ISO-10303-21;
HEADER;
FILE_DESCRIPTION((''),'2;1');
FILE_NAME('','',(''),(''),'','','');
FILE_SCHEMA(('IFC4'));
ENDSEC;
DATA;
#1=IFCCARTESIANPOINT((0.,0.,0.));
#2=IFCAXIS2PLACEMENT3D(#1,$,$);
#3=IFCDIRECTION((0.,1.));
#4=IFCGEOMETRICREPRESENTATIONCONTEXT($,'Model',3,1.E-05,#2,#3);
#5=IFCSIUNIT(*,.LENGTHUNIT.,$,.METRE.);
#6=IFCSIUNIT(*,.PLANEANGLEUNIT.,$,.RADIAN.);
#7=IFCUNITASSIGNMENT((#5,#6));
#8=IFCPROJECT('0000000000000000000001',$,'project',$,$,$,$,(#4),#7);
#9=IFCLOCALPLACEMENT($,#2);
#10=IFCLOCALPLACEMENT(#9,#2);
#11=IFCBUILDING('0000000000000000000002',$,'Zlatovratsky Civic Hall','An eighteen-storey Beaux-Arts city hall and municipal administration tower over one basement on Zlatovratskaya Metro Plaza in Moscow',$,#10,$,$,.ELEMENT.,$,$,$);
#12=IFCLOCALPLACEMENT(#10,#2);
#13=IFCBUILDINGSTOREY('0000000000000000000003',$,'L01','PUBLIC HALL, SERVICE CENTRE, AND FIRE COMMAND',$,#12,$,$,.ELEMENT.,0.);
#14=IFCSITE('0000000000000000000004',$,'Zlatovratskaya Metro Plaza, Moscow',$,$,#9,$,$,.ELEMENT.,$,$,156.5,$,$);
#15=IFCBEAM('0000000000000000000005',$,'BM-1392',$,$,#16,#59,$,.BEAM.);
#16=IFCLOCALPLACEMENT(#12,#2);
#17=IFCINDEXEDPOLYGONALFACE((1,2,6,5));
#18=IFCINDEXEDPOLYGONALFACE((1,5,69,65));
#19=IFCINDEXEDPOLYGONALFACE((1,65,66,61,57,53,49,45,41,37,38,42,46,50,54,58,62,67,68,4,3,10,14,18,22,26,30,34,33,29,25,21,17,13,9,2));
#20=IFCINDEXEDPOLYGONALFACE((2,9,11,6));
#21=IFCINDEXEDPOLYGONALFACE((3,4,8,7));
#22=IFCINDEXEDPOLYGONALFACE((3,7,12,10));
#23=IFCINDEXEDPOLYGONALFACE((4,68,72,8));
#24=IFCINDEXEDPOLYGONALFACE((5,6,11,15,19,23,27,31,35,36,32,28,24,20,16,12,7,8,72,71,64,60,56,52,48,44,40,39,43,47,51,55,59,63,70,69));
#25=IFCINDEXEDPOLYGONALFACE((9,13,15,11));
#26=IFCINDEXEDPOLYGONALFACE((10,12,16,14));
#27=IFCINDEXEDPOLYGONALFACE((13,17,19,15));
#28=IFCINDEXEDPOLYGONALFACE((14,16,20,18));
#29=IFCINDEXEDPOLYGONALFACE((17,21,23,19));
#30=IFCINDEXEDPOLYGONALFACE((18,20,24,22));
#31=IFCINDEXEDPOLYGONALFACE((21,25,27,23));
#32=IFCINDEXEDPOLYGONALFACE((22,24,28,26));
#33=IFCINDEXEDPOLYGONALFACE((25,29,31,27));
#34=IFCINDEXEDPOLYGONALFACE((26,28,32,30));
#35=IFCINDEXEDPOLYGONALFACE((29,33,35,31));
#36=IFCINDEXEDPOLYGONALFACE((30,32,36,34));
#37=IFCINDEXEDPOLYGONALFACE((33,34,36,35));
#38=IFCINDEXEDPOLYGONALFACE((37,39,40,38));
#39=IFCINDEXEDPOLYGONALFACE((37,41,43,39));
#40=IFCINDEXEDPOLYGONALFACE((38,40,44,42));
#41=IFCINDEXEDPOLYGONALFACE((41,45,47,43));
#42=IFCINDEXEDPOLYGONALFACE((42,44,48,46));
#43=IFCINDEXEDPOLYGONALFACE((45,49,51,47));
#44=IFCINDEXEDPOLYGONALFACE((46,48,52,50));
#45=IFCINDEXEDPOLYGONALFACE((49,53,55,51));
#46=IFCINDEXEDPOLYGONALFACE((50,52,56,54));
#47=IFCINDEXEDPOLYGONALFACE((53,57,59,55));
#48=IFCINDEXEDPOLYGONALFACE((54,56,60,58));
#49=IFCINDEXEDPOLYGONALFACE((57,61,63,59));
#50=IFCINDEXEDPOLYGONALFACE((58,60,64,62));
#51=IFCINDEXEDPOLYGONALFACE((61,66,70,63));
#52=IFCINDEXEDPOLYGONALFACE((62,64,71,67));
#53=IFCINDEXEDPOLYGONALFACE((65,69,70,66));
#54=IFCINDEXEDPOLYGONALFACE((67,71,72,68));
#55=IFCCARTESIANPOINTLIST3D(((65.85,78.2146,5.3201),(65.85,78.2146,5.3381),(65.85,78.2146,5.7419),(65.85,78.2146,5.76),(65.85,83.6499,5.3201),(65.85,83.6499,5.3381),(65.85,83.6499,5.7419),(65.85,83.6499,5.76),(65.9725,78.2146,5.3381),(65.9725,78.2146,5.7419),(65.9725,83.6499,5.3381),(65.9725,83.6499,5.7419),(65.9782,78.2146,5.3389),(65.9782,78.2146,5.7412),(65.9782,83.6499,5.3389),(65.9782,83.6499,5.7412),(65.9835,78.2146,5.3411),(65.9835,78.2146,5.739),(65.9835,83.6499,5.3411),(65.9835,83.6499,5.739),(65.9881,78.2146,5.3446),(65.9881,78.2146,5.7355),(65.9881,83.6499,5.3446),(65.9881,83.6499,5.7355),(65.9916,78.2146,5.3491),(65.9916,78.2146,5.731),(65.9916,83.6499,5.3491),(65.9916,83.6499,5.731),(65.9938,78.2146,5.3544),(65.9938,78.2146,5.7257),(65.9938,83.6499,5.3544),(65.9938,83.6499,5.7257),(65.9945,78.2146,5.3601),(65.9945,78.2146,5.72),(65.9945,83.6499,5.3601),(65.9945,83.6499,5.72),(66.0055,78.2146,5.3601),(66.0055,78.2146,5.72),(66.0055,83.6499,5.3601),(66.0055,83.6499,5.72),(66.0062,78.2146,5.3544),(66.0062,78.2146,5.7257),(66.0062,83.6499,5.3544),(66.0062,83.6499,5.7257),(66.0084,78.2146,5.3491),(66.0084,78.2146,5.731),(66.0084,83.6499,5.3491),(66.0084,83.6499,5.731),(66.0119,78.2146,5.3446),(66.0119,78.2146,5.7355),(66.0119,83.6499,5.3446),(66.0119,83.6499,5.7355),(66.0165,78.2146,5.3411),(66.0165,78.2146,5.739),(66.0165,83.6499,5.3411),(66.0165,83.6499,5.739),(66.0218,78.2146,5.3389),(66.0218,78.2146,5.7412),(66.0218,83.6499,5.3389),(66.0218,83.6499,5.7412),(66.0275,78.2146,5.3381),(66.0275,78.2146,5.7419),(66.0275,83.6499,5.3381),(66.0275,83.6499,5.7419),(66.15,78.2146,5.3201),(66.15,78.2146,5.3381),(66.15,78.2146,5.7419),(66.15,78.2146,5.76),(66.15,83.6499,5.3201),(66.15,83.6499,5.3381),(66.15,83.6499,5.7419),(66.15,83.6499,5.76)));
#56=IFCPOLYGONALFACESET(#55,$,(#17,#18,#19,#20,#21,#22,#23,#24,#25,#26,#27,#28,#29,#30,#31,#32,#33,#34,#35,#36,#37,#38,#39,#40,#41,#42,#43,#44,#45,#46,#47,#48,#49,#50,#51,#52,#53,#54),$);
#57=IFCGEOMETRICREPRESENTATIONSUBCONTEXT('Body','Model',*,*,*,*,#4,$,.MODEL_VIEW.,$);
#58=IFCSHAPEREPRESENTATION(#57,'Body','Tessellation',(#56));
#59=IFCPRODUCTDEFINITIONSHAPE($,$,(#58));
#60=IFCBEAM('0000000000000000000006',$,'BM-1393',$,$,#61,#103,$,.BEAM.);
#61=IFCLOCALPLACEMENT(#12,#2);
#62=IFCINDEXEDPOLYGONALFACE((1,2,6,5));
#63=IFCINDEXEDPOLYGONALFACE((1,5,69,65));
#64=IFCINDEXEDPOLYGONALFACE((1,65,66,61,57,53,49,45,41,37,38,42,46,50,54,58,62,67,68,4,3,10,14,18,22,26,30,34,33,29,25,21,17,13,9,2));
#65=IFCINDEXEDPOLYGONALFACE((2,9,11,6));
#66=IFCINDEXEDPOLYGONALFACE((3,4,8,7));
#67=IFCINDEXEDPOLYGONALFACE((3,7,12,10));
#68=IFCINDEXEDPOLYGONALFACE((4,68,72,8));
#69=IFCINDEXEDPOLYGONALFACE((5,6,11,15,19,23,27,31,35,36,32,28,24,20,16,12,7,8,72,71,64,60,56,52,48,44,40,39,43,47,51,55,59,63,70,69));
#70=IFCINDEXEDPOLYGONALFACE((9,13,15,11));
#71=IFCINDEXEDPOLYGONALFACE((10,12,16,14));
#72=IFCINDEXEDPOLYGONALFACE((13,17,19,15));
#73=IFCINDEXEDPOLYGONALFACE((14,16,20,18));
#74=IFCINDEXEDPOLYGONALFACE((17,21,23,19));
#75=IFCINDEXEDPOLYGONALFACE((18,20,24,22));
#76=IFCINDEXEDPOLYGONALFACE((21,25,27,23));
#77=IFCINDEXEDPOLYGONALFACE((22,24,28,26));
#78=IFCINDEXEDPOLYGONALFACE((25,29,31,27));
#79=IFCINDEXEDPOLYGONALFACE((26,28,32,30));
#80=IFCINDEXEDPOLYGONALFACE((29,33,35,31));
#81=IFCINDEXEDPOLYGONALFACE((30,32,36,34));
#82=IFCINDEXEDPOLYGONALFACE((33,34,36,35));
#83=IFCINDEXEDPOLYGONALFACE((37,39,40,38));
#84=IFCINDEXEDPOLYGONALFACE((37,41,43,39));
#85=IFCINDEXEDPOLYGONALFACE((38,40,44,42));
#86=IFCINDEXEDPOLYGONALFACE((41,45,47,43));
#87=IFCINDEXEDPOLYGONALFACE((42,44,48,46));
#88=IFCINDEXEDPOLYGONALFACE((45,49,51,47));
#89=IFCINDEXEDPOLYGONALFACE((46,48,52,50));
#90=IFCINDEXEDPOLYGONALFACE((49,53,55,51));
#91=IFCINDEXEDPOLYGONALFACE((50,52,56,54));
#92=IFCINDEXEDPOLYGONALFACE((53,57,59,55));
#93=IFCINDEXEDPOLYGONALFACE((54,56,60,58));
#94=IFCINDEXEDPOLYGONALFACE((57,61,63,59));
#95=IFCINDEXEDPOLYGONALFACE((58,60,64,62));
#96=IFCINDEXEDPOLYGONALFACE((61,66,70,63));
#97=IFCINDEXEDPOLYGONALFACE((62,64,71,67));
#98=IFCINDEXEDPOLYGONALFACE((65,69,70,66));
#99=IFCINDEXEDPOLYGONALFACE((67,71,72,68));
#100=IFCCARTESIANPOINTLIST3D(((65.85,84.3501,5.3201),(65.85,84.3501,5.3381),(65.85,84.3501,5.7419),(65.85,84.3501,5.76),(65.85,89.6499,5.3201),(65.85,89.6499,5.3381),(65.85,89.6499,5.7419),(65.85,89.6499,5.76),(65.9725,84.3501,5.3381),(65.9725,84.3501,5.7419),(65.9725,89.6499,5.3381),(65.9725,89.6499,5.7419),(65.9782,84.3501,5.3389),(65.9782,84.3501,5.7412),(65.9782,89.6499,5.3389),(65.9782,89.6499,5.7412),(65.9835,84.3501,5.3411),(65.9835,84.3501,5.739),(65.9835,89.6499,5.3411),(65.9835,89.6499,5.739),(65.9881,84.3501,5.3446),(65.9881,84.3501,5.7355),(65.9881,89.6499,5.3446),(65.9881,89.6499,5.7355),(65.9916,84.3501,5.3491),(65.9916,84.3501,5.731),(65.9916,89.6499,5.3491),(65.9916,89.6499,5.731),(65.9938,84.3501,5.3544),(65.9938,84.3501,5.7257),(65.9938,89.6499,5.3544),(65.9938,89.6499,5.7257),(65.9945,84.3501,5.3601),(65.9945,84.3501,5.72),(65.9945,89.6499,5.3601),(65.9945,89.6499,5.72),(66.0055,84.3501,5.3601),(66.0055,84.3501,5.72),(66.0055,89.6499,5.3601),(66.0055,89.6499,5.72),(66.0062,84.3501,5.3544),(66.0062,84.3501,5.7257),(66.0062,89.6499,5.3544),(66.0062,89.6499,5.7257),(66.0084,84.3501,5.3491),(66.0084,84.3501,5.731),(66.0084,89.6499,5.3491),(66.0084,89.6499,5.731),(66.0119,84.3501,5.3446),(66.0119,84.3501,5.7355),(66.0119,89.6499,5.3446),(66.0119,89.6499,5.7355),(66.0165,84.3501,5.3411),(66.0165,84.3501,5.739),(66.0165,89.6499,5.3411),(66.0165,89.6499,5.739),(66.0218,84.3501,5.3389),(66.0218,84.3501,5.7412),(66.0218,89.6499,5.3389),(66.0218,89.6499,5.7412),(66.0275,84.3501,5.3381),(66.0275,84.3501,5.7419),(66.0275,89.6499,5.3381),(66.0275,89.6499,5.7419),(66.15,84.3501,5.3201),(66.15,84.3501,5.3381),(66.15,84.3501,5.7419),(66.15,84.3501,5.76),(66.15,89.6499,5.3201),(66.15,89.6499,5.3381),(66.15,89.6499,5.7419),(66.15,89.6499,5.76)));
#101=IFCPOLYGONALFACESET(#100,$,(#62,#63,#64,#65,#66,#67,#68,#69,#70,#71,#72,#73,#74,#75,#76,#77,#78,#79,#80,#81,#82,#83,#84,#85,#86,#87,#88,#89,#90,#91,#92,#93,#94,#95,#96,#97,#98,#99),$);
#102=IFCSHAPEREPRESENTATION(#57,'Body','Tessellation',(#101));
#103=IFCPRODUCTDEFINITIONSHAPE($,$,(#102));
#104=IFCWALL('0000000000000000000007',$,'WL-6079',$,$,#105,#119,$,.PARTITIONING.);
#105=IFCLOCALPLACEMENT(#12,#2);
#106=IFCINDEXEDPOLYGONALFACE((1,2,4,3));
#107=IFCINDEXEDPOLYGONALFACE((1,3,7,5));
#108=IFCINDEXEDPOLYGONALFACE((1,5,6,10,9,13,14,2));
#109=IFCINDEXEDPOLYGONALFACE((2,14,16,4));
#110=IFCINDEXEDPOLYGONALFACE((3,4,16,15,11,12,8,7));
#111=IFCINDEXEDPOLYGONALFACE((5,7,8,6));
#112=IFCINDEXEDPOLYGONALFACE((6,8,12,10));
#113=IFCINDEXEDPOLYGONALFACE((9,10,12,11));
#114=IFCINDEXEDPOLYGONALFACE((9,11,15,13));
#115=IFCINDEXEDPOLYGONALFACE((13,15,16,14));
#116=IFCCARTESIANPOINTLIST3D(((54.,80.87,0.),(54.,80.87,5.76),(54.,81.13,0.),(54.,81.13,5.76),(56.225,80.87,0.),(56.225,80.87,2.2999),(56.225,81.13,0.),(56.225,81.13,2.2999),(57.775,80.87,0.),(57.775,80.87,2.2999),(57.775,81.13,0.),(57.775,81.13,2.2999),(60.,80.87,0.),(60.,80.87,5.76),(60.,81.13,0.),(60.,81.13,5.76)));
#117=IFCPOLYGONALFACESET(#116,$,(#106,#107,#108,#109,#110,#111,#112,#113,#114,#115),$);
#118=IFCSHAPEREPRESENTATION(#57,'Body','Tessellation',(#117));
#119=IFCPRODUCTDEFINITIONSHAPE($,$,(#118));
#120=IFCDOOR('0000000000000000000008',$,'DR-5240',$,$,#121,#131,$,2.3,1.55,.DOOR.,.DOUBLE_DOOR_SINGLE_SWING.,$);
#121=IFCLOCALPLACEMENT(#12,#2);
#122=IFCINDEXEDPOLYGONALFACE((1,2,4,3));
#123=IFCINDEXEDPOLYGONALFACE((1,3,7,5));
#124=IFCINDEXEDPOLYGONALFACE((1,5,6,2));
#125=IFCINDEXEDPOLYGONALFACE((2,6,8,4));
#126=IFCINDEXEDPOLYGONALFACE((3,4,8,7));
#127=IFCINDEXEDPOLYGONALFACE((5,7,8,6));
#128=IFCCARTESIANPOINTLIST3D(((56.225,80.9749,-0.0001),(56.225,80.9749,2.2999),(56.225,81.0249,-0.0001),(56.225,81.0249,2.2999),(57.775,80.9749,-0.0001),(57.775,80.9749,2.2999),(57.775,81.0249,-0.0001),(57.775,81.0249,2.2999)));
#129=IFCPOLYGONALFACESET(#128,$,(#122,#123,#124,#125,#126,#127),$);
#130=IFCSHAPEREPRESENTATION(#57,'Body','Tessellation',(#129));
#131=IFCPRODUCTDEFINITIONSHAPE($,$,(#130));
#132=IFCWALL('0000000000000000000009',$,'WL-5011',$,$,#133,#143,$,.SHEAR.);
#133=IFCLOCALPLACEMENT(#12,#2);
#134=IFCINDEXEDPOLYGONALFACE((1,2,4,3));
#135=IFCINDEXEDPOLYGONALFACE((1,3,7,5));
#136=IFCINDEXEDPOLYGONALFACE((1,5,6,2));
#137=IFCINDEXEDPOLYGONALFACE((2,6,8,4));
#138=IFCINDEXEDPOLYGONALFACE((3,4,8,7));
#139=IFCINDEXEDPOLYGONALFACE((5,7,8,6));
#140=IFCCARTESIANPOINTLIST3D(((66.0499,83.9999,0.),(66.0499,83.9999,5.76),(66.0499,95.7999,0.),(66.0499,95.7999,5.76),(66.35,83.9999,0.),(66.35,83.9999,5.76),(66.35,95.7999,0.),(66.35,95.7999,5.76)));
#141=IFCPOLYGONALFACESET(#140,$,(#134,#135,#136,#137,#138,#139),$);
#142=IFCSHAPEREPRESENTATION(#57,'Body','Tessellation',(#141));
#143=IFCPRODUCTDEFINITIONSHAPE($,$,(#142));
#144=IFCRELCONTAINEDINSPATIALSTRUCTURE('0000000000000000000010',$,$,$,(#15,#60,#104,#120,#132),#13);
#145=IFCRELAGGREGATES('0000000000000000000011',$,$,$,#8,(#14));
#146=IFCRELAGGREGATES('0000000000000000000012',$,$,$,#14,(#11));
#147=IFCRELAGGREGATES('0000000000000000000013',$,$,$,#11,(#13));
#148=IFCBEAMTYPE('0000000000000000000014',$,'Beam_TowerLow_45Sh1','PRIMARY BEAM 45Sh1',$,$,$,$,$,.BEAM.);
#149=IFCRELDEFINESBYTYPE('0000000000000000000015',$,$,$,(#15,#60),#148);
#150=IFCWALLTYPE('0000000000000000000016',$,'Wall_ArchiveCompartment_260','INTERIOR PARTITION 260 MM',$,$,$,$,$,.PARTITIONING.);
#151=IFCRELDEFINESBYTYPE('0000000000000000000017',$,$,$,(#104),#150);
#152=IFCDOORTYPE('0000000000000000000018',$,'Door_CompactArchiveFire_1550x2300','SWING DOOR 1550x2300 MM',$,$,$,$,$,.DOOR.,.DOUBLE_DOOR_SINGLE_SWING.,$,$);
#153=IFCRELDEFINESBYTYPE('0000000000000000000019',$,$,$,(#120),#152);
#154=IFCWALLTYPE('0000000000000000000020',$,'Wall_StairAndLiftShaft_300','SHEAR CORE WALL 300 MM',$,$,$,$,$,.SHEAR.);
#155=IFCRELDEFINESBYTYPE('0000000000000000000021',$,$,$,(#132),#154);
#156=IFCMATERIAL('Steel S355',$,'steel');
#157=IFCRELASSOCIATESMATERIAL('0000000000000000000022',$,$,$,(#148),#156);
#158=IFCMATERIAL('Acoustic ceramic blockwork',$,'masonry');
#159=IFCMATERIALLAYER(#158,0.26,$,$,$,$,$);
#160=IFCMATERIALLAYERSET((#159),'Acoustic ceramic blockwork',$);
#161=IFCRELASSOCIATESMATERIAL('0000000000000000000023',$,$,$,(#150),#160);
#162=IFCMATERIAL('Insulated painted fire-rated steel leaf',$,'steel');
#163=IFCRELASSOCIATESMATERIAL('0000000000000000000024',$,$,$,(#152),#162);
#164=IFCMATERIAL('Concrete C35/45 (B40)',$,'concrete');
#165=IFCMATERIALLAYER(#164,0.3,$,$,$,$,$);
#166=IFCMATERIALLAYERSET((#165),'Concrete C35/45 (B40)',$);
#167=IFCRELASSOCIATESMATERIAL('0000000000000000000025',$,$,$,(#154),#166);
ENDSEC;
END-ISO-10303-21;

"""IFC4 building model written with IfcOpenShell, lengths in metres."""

from ifc_helpers import new_model, si_unit, direction, frame, frame_2d, origin, origin_2d, place, context, subcontext, project, spatial, rectangle, i_section, extrude, material, layer, layer_set, material_profile, profile_set, type_object, element, fill, save


model = new_model("IFC4")

# Units and contexts
model_context = context("Model", 3, precision=1e-05, world=origin(), true_north=direction((0.0, 1.0)))
body_context = subcontext(model_context, "Body", "Model", "MODEL_VIEW")
ifc_project = project(units=[si_unit("LENGTHUNIT", "METRE"), si_unit("PLANEANGLEUNIT", "RADIAN")], contexts=[model_context])

# Site, building, storey
site_placement = place(None, origin())
site = spatial("IfcSite", under=ifc_project, at=site_placement, Name="Zlatovratskaya Metro Plaza, Moscow", CompositionType="ELEMENT", RefElevation=156.5)
building_placement = place(site_placement, origin())
building = spatial("IfcBuilding", under=site, at=building_placement, Name="Zlatovratsky Civic Hall", Description="An eighteen-storey Beaux-Arts city hall and municipal administration tower over one basement on Zlatovratskaya Metro Plaza in Moscow", CompositionType="ELEMENT")
storey_placement = place(building_placement, origin())
storey = spatial("IfcBuildingStorey", under=building, at=storey_placement, Name="L01", Description="PUBLIC HALL, SERVICE CENTRE, AND FIRE COMMAND", CompositionType="ELEMENT", Elevation=0.0)

# Shared definitions
ifc_material_1 = material(Name="Concrete C35/45 (B40)", Category="concrete")
ifc_material_2 = material(Name="Steel S355", Category="steel")

# Beams
ifc_material_profile_1 = material_profile(ifc_material_2, i_section(OverallWidth=0.3, OverallDepth=0.4399, WebThickness=0.011, FlangeThickness=0.0181, FilletRadius=0.022, at=origin_2d()), Name="45Sh1")
ifc_profile_set_1 = profile_set([ifc_material_profile_1], Name="Steel S355")
beam_type = type_object("IfcBeamType", Name="Beam_TowerLow_45Sh1", Description="PRIMARY BEAM 45Sh1", PredefinedType="BEAM", material=ifc_profile_set_1)
beam_1_placement = place(storey_placement, frame((66.0, 78.2146, 5.54), z_axis=(0.0, 1.0, 0.0), x_axis=(-1.0, 0.0, 0.0)))
element("IfcBeam", 1, at=beam_1_placement, inside=storey, type_object=beam_type, Name="BM-1392", PredefinedType="BEAM", context=body_context, shape_type="SweptSolid", body=[
    extrude(i_section(OverallWidth=0.3, OverallDepth=0.4399, WebThickness=0.011, FlangeThickness=0.0181, FilletRadius=0.022, at=origin_2d()), origin(), (0.0, 0.0, 1.0), 5.4353),
])
beam_2_placement = place(storey_placement, frame((66.0, 84.3501, 5.54), z_axis=(0.0, 1.0, 0.0), x_axis=(-1.0, 0.0, 0.0)))
element("IfcBeam", 2, at=beam_2_placement, inside=storey, type_object=beam_type, Name="BM-1393", PredefinedType="BEAM", context=body_context, shape_type="SweptSolid", body=[
    extrude(i_section(OverallWidth=0.3, OverallDepth=0.4399, WebThickness=0.011, FlangeThickness=0.0181, FilletRadius=0.022, at=origin_2d()), origin(), (0.0, 0.0, 1.0), 5.2998),
])

# Wall, opening, door
ifc_material_3 = material(Name="Acoustic ceramic blockwork", Category="masonry")
ifc_layer_1 = layer(ifc_material_3, 0.26)
ifc_layer_set_1 = layer_set([ifc_layer_1], Name="Acoustic ceramic blockwork")
wall_type_1 = type_object("IfcWallType", Name="Wall_ArchiveCompartment_260", Description="INTERIOR PARTITION 260 MM", PredefinedType="PARTITIONING", material=ifc_layer_set_1)
wall_1_placement = place(storey_placement, frame((54.0, 81.0, 0.0), z_axis=(0.0, 0.0, 1.0), x_axis=(1.0, 0.0, 0.0)))
wall_1 = element("IfcWall", 3, at=wall_1_placement, inside=storey, type_object=wall_type_1, Name="WL-6079", PredefinedType="PARTITIONING", context=body_context, shape_type="SweptSolid", body=[
    extrude(rectangle(XDim=6.0, YDim=0.26, at=frame_2d((3.0, 0.0))), origin(), (0.0, 0.0, 1.0), 5.76),
])
opening_placement = place(wall_1_placement, frame((2.2251, 0.0, 0.0)))
opening = element("IfcOpeningElement", 4, at=opening_placement, cuts=wall_1, PredefinedType="OPENING", context=body_context, shape_type="SweptSolid", body=[
    extrude(rectangle(XDim=1.55, YDim=2.3, at=frame_2d((0.7749, 1.1499))), frame((0.0, 0.145, 0.0), z_axis=(0.0, -1.0, 0.0), x_axis=(1.0, 0.0, 0.0)), (0.0, 0.0, 1.0), 0.2898),
])
ifc_material_4 = material(Name="Insulated painted fire-rated steel leaf", Category="steel")
door_type = type_object("IfcDoorType", Name="Door_CompactArchiveFire_1550x2300", Description="SWING DOOR 1550x2300 MM", OperationType="DOUBLE_DOOR_SINGLE_SWING", PredefinedType="DOOR", material=ifc_material_4)
door_placement = place(opening_placement, origin())
door = element("IfcDoor", 5, at=door_placement, inside=storey, type_object=door_type, Name="DR-5240", OperationType="DOUBLE_DOOR_SINGLE_SWING", OverallHeight=2.3, OverallWidth=1.55, PredefinedType="DOOR", context=body_context, shape_type="SweptSolid", body=[
    extrude(rectangle(XDim=1.55, YDim=2.3, at=frame_2d((0.7749, 1.1499))), frame((0.0, 0.0249, 0.0), z_axis=(0.0, -1.0, 0.0), x_axis=(1.0, 0.0, 0.0)), (0.0, 0.0, 1.0), 0.05),
])
fill(opening, door)

# Wall
ifc_layer_2 = layer(ifc_material_1, 0.3)
ifc_layer_set_2 = layer_set([ifc_layer_2], Name="Concrete C35/45 (B40)")
wall_type_2 = type_object("IfcWallType", Name="Wall_StairAndLiftShaft_300", Description="SHEAR CORE WALL 300 MM", PredefinedType="SHEAR", material=ifc_layer_set_2)
wall_2_placement = place(storey_placement, frame((66.2, 84.0, 0.0), z_axis=(0.0, 0.0, 1.0), x_axis=(0.0, 1.0, 0.0)))
element("IfcWall", 6, at=wall_2_placement, inside=storey, type_object=wall_type_2, Name="WL-5011", PredefinedType="SHEAR", context=body_context, shape_type="SweptSolid", body=[
    extrude(rectangle(XDim=11.8, YDim=0.3, at=frame_2d((5.8999, 0.0))), origin(), (0.0, 0.0, 1.0), 5.76),
])

save(model, "model.ifc")
